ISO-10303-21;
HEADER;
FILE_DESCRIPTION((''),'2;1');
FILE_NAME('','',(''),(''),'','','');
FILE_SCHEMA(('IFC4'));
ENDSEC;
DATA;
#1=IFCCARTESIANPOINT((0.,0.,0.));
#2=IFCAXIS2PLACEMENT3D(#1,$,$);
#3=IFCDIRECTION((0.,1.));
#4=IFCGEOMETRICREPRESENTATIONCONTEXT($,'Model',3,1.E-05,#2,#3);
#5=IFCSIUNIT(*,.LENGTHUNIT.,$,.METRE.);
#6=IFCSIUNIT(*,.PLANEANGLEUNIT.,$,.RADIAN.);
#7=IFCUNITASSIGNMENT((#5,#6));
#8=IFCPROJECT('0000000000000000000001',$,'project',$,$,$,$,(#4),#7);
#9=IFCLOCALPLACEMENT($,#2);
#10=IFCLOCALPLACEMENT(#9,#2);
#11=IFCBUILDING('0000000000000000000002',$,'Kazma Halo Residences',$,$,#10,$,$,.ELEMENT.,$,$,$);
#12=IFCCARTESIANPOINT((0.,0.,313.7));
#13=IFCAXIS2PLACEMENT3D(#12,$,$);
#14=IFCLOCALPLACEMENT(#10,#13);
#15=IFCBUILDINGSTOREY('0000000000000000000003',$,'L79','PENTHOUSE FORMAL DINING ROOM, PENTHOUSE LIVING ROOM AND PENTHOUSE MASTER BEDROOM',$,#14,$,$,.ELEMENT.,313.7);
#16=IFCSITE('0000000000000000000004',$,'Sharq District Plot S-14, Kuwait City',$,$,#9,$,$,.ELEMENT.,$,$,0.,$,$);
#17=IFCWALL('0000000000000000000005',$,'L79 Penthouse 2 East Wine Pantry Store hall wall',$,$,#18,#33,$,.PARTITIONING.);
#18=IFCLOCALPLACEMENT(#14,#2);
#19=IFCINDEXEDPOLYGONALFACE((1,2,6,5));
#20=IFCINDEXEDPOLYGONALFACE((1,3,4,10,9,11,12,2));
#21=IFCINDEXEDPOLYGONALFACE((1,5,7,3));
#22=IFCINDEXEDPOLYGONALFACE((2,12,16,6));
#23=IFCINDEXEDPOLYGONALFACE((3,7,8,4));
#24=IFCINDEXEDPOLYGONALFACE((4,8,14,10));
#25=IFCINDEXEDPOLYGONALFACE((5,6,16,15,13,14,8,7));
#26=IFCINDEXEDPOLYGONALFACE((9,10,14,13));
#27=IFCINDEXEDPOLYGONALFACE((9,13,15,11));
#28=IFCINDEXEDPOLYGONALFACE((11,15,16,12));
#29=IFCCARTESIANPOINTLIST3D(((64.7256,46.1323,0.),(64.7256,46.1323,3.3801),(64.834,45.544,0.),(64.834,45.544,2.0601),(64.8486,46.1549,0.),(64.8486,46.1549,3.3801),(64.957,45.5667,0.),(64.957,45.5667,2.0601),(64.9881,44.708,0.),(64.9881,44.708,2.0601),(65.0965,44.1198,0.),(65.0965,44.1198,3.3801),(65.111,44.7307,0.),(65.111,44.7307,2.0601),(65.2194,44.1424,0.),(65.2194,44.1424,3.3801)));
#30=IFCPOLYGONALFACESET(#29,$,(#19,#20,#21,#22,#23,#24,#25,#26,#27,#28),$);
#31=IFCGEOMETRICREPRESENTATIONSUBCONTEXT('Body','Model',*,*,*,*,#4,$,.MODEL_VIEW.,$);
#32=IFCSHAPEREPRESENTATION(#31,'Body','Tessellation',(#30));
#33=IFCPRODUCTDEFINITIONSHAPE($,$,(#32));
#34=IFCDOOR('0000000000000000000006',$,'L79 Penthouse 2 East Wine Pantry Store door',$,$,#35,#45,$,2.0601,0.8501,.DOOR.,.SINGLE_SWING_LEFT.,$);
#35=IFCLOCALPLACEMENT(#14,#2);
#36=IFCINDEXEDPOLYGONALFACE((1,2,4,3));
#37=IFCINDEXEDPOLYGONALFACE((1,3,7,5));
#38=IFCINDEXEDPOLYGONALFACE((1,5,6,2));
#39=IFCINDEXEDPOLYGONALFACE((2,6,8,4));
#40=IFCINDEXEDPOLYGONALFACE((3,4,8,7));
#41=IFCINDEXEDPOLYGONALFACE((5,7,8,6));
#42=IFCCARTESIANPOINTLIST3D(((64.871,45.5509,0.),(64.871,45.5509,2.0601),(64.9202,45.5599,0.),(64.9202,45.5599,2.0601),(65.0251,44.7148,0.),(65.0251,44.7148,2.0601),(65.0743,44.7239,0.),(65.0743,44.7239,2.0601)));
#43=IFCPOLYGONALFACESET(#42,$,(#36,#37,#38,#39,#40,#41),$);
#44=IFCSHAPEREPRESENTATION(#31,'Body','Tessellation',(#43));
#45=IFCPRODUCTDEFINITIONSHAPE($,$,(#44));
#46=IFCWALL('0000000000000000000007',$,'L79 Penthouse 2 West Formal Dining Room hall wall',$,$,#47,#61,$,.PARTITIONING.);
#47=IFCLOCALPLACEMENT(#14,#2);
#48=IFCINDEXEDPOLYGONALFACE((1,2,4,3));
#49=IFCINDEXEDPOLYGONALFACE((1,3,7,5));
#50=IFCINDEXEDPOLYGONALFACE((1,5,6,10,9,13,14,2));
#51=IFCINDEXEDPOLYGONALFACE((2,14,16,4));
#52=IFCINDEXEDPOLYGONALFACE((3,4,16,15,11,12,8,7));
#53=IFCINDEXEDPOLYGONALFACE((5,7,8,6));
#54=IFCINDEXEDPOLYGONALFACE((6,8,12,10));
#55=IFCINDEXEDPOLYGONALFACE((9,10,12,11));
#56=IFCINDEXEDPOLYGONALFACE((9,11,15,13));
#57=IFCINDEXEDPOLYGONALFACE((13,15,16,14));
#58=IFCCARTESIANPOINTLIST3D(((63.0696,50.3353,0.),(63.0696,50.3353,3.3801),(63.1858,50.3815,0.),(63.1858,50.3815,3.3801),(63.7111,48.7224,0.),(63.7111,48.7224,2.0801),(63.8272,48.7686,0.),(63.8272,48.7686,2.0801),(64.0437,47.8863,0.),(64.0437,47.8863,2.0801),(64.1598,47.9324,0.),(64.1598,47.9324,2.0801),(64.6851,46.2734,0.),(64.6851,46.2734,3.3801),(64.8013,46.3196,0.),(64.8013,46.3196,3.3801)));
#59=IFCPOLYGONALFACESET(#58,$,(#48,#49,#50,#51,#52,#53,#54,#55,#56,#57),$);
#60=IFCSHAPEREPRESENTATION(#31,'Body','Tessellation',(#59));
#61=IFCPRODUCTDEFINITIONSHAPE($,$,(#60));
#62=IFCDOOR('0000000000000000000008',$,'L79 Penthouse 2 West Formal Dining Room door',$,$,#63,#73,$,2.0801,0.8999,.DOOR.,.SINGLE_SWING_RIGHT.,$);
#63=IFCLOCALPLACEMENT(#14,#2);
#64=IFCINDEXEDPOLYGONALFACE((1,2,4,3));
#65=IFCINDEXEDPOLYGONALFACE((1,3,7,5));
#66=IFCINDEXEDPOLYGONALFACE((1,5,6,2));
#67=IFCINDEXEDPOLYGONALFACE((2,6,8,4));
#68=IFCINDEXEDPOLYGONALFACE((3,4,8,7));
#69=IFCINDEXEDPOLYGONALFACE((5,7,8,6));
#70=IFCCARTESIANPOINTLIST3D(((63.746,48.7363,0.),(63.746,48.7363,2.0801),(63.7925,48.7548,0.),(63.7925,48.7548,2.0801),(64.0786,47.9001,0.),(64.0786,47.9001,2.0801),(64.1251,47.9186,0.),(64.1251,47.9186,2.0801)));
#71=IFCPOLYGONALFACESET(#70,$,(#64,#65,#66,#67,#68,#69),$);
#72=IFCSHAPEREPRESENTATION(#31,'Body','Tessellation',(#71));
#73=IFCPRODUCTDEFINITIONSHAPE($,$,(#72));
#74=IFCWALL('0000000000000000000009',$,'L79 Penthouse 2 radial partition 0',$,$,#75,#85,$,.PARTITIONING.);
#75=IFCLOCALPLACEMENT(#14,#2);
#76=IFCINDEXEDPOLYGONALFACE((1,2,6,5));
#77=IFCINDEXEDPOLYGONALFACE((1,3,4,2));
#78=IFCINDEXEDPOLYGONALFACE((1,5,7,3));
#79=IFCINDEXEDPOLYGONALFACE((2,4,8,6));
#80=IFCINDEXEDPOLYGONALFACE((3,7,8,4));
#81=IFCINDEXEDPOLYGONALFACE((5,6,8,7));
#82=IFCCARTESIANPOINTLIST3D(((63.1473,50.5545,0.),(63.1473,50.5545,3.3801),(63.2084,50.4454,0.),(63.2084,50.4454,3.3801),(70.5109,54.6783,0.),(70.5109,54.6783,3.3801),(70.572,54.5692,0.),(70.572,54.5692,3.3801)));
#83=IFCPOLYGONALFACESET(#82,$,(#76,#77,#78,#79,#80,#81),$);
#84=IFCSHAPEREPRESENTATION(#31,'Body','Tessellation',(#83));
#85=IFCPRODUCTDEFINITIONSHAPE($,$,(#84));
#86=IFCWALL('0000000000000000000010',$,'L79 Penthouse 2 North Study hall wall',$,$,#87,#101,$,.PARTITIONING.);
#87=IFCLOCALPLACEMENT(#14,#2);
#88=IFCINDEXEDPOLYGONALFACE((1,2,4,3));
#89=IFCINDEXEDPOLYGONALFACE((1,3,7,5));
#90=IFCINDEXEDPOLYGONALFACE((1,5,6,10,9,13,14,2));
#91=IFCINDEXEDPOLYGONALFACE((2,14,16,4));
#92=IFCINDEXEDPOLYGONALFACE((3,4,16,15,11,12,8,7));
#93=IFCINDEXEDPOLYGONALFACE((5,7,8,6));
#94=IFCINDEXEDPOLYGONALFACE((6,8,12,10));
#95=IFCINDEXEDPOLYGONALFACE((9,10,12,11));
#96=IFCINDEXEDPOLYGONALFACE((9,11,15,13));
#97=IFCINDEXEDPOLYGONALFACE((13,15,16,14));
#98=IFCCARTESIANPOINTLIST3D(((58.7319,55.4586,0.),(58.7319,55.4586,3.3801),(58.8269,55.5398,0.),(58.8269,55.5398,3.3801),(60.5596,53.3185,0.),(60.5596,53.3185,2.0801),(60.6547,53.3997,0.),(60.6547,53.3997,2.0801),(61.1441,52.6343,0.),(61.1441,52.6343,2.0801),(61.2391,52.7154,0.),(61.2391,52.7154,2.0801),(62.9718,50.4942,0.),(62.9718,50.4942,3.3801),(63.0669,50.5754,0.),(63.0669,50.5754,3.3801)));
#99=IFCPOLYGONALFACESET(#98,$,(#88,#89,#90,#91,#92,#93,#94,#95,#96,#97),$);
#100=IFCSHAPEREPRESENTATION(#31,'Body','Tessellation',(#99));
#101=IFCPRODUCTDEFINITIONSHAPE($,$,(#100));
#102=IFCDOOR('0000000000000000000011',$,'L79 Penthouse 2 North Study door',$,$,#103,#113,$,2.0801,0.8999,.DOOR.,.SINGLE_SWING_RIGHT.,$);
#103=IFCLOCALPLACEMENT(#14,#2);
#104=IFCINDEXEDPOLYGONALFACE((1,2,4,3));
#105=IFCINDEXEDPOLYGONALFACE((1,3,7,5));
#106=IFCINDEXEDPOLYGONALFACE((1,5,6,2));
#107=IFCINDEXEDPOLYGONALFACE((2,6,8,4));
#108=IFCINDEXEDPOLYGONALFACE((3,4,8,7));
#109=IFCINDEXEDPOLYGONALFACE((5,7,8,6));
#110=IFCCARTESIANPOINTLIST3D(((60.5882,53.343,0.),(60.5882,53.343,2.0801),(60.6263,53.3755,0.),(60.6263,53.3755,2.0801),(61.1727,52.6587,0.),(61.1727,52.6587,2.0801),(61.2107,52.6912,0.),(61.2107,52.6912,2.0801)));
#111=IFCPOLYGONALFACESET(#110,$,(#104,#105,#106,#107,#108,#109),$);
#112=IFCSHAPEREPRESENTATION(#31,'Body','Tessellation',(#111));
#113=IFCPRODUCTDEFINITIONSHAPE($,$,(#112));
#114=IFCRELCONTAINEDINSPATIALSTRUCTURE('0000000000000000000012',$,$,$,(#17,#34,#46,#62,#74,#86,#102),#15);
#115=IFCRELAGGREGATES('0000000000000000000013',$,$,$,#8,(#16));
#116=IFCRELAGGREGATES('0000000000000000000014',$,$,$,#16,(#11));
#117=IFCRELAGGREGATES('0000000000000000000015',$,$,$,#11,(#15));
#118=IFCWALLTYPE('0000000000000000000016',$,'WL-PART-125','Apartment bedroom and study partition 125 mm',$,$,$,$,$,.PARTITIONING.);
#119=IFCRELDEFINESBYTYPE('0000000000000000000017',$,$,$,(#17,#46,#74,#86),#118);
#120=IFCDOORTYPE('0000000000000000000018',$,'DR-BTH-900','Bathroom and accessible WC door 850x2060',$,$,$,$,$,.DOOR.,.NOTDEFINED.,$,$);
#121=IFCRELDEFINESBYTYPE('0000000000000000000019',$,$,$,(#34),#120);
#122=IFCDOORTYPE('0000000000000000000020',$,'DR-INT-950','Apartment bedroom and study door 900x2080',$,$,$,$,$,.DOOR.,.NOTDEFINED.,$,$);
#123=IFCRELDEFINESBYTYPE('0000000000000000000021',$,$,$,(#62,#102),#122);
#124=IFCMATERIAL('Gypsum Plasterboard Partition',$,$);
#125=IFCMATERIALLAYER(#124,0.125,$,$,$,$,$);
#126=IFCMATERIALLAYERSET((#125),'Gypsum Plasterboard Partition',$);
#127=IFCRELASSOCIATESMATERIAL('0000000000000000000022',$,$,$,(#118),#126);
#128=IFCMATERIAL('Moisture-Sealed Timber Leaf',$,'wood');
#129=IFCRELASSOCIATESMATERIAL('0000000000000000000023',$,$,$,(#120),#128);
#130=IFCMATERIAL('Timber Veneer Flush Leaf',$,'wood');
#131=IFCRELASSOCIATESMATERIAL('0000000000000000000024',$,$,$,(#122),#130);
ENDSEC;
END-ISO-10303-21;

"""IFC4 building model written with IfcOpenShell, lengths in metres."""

from ifc_helpers import new_model, si_unit, direction, frame, frame_2d, origin, place, context, subcontext, project, spatial, rectangle, extrude, material, layer, layer_set, type_object, element, fill, save


model = new_model("IFC4")

# Units and contexts
model_context = context("Model", 3, precision=1e-05, world=origin(), true_north=direction((0.0, 1.0)))
body_context = subcontext(model_context, "Body", "Model", "MODEL_VIEW")
ifc_project = project(units=[si_unit("LENGTHUNIT", "METRE"), si_unit("PLANEANGLEUNIT", "RADIAN")], contexts=[model_context])

# Site, building, storey
site_placement = place(None, origin())
site = spatial("IfcSite", under=ifc_project, at=site_placement, Name="Sharq District Plot S-14, Kuwait City", CompositionType="ELEMENT", RefElevation=0.0)
building_placement = place(site_placement, origin())
building = spatial("IfcBuilding", under=site, at=building_placement, Name="Kazma Halo Residences", CompositionType="ELEMENT")
storey_placement = place(building_placement, frame((0.0, 0.0, 313.7)))
storey = spatial("IfcBuildingStorey", under=building, at=storey_placement, Name="L79", Description="PENTHOUSE FORMAL DINING ROOM, PENTHOUSE LIVING ROOM AND PENTHOUSE MASTER BEDROOM", CompositionType="ELEMENT", Elevation=313.7)

# Shared definitions
ifc_material_1 = material(Name="Gypsum Plasterboard Partition")
ifc_layer_1 = layer(ifc_material_1, 0.125)
ifc_layer_set_1 = layer_set([ifc_layer_1], Name="Gypsum Plasterboard Partition")
wall_type_1 = type_object("IfcWallType", Name="WL-PART-125", Description="Apartment bedroom and study partition 125 mm", PredefinedType="PARTITIONING", material=ifc_layer_set_1)

# Shared definitions
ifc_material_2 = material(Name="Moisture-Sealed Timber Leaf", Category="wood")
door_type_1 = type_object("IfcDoorType", Name="DR-BTH-900", Description="Bathroom and accessible WC door 850x2060", OperationType="NOTDEFINED", PredefinedType="DOOR", material=ifc_material_2)

# Walls, openings, doors
wall_1_placement = place(storey_placement, frame((65.158, 44.1311, 0.0), z_axis=(0.0, 0.0, 1.0), x_axis=(-0.181226, 0.983441, 0.0)))
wall_1 = element("IfcWall", 1, at=wall_1_placement, inside=storey, type_object=wall_type_1, Name="L79 Penthouse 2 East Wine Pantry Store hall wall", PredefinedType="PARTITIONING", context=body_context, shape_type="SweptSolid", body=[
    extrude(rectangle(XDim=2.0464, YDim=0.125, at=frame_2d((1.0232, 0.0))), origin(), (0.0, 0.0, 1.0), 3.3801),
])
opening_1_placement = place(wall_1_placement, frame((0.5981, 0.0, 0.0)))
opening_1 = element("IfcOpeningElement", 2, at=opening_1_placement, cuts=wall_1, PredefinedType="OPENING", context=body_context, shape_type="SweptSolid", body=[
    extrude(rectangle(XDim=0.8501, YDim=2.0601, at=frame_2d((0.425, 1.03))), frame((0.0, 0.0725, 0.0), z_axis=(0.0, -1.0, 0.0), x_axis=(1.0, 0.0, 0.0)), (0.0, 0.0, 1.0), 0.145),
])
door_1_placement = place(opening_1_placement, origin())
door_1 = element("IfcDoor", 3, at=door_1_placement, inside=storey, type_object=door_type_1, Name="L79 Penthouse 2 East Wine Pantry Store door", OperationType="SINGLE_SWING_LEFT", OverallHeight=2.0601, OverallWidth=0.8501, PredefinedType="DOOR", context=body_context, shape_type="SweptSolid", body=[
    extrude(rectangle(XDim=0.8501, YDim=2.0601, at=frame_2d((0.425, 1.03))), frame((0.0, 0.0249, 0.0), z_axis=(0.0, -1.0, 0.0), x_axis=(1.0, 0.0, 0.0)), (0.0, 0.0, 1.0), 0.05),
])
fill(opening_1, door_1)
wall_2_placement = place(storey_placement, frame((64.7432, 46.2966, 0.0), z_axis=(0.0, 0.0, 1.0), x_axis=(-0.36957, 0.929203, 0.0)))
wall_2 = element("IfcWall", 4, at=wall_2_placement, inside=storey, type_object=wall_type_1, Name="L79 Penthouse 2 West Formal Dining Room hall wall", PredefinedType="PARTITIONING", context=body_context, shape_type="SweptSolid", body=[
    extrude(rectangle(XDim=4.3713, YDim=0.125, at=frame_2d((2.1855, 0.0))), origin(), (0.0, 0.0, 1.0), 3.3801),
])
opening_2_placement = place(wall_2_placement, frame((1.7356, 0.0, 0.0)))
opening_2 = element("IfcOpeningElement", 5, at=opening_2_placement, cuts=wall_2, PredefinedType="OPENING", context=body_context, shape_type="SweptSolid", body=[
    extrude(rectangle(XDim=0.8999, YDim=2.0801, at=frame_2d((0.45, 1.04))), frame((0.0, 0.0725, 0.0), z_axis=(0.0, -1.0, 0.0), x_axis=(1.0, 0.0, 0.0)), (0.0, 0.0, 1.0), 0.145),
])
ifc_material_3 = material(Name="Timber Veneer Flush Leaf", Category="wood")
door_type_2 = type_object("IfcDoorType", Name="DR-INT-950", Description="Apartment bedroom and study door 900x2080", OperationType="NOTDEFINED", PredefinedType="DOOR", material=ifc_material_3)
door_2_placement = place(opening_2_placement, origin())
door_2 = element("IfcDoor", 6, at=door_2_placement, inside=storey, type_object=door_type_2, Name="L79 Penthouse 2 West Formal Dining Room door", OperationType="SINGLE_SWING_RIGHT", OverallHeight=2.0801, OverallWidth=0.8999, PredefinedType="DOOR", context=body_context, shape_type="SweptSolid", body=[
    extrude(rectangle(XDim=0.8999, YDim=2.0801, at=frame_2d((0.45, 1.04))), frame((0.0, 0.0249, 0.0), z_axis=(0.0, -1.0, 0.0), x_axis=(1.0, 0.0, 0.0)), (0.0, 0.0, 1.0), 0.05),
])
fill(opening_2, door_2)

# Wall
wall_3_placement = place(storey_placement, frame((63.178, 50.5, 0.0), z_axis=(0.0, 0.0, 1.0), x_axis=(0.872496, 0.488622, 0.0)))
element("IfcWall", 7, at=wall_3_placement, inside=storey, type_object=wall_type_1, Name="L79 Penthouse 2 radial partition 0", PredefinedType="PARTITIONING", context=body_context, shape_type="SweptSolid", body=[
    extrude(rectangle(XDim=8.4397, YDim=0.125, at=frame_2d((4.2197, 0.0))), origin(), (0.0, 0.0, 1.0), 3.3801),
])

# Wall, opening, door
wall_4_placement = place(storey_placement, frame((63.0193, 50.5349, 0.0), z_axis=(0.0, 0.0, 1.0), x_axis=(-0.649451, 0.760404, 0.0)))
wall_4 = element("IfcWall", 8, at=wall_4_placement, inside=storey, type_object=wall_type_1, Name="L79 Penthouse 2 North Study hall wall", PredefinedType="PARTITIONING", context=body_context, shape_type="SweptSolid", body=[
    extrude(rectangle(XDim=6.5286, YDim=0.125, at=frame_2d((3.2642, 0.0))), origin(), (0.0, 0.0, 1.0), 3.3801),
])
opening_3_placement = place(wall_4_placement, frame((2.8142, 0.0, 0.0)))
opening_3 = element("IfcOpeningElement", 9, at=opening_3_placement, cuts=wall_4, PredefinedType="OPENING", context=body_context, shape_type="SweptSolid", body=[
    extrude(rectangle(XDim=0.8999, YDim=2.0801, at=frame_2d((0.45, 1.04))), frame((0.0, 0.0725, 0.0), z_axis=(0.0, -1.0, 0.0), x_axis=(1.0, 0.0, 0.0)), (0.0, 0.0, 1.0), 0.145),
])
door_3_placement = place(opening_3_placement, origin())
door_3 = element("IfcDoor", 10, at=door_3_placement, inside=storey, type_object=door_type_2, Name="L79 Penthouse 2 North Study door", OperationType="SINGLE_SWING_RIGHT", OverallHeight=2.0801, OverallWidth=0.8999, PredefinedType="DOOR", context=body_context, shape_type="SweptSolid", body=[
    extrude(rectangle(XDim=0.8999, YDim=2.0801, at=frame_2d((0.45, 1.04))), frame((0.0, 0.0249, 0.0), z_axis=(0.0, -1.0, 0.0), x_axis=(1.0, 0.0, 0.0)), (0.0, 0.0, 1.0), 0.05),
])
fill(opening_3, door_3)

save(model, "model.ifc")
